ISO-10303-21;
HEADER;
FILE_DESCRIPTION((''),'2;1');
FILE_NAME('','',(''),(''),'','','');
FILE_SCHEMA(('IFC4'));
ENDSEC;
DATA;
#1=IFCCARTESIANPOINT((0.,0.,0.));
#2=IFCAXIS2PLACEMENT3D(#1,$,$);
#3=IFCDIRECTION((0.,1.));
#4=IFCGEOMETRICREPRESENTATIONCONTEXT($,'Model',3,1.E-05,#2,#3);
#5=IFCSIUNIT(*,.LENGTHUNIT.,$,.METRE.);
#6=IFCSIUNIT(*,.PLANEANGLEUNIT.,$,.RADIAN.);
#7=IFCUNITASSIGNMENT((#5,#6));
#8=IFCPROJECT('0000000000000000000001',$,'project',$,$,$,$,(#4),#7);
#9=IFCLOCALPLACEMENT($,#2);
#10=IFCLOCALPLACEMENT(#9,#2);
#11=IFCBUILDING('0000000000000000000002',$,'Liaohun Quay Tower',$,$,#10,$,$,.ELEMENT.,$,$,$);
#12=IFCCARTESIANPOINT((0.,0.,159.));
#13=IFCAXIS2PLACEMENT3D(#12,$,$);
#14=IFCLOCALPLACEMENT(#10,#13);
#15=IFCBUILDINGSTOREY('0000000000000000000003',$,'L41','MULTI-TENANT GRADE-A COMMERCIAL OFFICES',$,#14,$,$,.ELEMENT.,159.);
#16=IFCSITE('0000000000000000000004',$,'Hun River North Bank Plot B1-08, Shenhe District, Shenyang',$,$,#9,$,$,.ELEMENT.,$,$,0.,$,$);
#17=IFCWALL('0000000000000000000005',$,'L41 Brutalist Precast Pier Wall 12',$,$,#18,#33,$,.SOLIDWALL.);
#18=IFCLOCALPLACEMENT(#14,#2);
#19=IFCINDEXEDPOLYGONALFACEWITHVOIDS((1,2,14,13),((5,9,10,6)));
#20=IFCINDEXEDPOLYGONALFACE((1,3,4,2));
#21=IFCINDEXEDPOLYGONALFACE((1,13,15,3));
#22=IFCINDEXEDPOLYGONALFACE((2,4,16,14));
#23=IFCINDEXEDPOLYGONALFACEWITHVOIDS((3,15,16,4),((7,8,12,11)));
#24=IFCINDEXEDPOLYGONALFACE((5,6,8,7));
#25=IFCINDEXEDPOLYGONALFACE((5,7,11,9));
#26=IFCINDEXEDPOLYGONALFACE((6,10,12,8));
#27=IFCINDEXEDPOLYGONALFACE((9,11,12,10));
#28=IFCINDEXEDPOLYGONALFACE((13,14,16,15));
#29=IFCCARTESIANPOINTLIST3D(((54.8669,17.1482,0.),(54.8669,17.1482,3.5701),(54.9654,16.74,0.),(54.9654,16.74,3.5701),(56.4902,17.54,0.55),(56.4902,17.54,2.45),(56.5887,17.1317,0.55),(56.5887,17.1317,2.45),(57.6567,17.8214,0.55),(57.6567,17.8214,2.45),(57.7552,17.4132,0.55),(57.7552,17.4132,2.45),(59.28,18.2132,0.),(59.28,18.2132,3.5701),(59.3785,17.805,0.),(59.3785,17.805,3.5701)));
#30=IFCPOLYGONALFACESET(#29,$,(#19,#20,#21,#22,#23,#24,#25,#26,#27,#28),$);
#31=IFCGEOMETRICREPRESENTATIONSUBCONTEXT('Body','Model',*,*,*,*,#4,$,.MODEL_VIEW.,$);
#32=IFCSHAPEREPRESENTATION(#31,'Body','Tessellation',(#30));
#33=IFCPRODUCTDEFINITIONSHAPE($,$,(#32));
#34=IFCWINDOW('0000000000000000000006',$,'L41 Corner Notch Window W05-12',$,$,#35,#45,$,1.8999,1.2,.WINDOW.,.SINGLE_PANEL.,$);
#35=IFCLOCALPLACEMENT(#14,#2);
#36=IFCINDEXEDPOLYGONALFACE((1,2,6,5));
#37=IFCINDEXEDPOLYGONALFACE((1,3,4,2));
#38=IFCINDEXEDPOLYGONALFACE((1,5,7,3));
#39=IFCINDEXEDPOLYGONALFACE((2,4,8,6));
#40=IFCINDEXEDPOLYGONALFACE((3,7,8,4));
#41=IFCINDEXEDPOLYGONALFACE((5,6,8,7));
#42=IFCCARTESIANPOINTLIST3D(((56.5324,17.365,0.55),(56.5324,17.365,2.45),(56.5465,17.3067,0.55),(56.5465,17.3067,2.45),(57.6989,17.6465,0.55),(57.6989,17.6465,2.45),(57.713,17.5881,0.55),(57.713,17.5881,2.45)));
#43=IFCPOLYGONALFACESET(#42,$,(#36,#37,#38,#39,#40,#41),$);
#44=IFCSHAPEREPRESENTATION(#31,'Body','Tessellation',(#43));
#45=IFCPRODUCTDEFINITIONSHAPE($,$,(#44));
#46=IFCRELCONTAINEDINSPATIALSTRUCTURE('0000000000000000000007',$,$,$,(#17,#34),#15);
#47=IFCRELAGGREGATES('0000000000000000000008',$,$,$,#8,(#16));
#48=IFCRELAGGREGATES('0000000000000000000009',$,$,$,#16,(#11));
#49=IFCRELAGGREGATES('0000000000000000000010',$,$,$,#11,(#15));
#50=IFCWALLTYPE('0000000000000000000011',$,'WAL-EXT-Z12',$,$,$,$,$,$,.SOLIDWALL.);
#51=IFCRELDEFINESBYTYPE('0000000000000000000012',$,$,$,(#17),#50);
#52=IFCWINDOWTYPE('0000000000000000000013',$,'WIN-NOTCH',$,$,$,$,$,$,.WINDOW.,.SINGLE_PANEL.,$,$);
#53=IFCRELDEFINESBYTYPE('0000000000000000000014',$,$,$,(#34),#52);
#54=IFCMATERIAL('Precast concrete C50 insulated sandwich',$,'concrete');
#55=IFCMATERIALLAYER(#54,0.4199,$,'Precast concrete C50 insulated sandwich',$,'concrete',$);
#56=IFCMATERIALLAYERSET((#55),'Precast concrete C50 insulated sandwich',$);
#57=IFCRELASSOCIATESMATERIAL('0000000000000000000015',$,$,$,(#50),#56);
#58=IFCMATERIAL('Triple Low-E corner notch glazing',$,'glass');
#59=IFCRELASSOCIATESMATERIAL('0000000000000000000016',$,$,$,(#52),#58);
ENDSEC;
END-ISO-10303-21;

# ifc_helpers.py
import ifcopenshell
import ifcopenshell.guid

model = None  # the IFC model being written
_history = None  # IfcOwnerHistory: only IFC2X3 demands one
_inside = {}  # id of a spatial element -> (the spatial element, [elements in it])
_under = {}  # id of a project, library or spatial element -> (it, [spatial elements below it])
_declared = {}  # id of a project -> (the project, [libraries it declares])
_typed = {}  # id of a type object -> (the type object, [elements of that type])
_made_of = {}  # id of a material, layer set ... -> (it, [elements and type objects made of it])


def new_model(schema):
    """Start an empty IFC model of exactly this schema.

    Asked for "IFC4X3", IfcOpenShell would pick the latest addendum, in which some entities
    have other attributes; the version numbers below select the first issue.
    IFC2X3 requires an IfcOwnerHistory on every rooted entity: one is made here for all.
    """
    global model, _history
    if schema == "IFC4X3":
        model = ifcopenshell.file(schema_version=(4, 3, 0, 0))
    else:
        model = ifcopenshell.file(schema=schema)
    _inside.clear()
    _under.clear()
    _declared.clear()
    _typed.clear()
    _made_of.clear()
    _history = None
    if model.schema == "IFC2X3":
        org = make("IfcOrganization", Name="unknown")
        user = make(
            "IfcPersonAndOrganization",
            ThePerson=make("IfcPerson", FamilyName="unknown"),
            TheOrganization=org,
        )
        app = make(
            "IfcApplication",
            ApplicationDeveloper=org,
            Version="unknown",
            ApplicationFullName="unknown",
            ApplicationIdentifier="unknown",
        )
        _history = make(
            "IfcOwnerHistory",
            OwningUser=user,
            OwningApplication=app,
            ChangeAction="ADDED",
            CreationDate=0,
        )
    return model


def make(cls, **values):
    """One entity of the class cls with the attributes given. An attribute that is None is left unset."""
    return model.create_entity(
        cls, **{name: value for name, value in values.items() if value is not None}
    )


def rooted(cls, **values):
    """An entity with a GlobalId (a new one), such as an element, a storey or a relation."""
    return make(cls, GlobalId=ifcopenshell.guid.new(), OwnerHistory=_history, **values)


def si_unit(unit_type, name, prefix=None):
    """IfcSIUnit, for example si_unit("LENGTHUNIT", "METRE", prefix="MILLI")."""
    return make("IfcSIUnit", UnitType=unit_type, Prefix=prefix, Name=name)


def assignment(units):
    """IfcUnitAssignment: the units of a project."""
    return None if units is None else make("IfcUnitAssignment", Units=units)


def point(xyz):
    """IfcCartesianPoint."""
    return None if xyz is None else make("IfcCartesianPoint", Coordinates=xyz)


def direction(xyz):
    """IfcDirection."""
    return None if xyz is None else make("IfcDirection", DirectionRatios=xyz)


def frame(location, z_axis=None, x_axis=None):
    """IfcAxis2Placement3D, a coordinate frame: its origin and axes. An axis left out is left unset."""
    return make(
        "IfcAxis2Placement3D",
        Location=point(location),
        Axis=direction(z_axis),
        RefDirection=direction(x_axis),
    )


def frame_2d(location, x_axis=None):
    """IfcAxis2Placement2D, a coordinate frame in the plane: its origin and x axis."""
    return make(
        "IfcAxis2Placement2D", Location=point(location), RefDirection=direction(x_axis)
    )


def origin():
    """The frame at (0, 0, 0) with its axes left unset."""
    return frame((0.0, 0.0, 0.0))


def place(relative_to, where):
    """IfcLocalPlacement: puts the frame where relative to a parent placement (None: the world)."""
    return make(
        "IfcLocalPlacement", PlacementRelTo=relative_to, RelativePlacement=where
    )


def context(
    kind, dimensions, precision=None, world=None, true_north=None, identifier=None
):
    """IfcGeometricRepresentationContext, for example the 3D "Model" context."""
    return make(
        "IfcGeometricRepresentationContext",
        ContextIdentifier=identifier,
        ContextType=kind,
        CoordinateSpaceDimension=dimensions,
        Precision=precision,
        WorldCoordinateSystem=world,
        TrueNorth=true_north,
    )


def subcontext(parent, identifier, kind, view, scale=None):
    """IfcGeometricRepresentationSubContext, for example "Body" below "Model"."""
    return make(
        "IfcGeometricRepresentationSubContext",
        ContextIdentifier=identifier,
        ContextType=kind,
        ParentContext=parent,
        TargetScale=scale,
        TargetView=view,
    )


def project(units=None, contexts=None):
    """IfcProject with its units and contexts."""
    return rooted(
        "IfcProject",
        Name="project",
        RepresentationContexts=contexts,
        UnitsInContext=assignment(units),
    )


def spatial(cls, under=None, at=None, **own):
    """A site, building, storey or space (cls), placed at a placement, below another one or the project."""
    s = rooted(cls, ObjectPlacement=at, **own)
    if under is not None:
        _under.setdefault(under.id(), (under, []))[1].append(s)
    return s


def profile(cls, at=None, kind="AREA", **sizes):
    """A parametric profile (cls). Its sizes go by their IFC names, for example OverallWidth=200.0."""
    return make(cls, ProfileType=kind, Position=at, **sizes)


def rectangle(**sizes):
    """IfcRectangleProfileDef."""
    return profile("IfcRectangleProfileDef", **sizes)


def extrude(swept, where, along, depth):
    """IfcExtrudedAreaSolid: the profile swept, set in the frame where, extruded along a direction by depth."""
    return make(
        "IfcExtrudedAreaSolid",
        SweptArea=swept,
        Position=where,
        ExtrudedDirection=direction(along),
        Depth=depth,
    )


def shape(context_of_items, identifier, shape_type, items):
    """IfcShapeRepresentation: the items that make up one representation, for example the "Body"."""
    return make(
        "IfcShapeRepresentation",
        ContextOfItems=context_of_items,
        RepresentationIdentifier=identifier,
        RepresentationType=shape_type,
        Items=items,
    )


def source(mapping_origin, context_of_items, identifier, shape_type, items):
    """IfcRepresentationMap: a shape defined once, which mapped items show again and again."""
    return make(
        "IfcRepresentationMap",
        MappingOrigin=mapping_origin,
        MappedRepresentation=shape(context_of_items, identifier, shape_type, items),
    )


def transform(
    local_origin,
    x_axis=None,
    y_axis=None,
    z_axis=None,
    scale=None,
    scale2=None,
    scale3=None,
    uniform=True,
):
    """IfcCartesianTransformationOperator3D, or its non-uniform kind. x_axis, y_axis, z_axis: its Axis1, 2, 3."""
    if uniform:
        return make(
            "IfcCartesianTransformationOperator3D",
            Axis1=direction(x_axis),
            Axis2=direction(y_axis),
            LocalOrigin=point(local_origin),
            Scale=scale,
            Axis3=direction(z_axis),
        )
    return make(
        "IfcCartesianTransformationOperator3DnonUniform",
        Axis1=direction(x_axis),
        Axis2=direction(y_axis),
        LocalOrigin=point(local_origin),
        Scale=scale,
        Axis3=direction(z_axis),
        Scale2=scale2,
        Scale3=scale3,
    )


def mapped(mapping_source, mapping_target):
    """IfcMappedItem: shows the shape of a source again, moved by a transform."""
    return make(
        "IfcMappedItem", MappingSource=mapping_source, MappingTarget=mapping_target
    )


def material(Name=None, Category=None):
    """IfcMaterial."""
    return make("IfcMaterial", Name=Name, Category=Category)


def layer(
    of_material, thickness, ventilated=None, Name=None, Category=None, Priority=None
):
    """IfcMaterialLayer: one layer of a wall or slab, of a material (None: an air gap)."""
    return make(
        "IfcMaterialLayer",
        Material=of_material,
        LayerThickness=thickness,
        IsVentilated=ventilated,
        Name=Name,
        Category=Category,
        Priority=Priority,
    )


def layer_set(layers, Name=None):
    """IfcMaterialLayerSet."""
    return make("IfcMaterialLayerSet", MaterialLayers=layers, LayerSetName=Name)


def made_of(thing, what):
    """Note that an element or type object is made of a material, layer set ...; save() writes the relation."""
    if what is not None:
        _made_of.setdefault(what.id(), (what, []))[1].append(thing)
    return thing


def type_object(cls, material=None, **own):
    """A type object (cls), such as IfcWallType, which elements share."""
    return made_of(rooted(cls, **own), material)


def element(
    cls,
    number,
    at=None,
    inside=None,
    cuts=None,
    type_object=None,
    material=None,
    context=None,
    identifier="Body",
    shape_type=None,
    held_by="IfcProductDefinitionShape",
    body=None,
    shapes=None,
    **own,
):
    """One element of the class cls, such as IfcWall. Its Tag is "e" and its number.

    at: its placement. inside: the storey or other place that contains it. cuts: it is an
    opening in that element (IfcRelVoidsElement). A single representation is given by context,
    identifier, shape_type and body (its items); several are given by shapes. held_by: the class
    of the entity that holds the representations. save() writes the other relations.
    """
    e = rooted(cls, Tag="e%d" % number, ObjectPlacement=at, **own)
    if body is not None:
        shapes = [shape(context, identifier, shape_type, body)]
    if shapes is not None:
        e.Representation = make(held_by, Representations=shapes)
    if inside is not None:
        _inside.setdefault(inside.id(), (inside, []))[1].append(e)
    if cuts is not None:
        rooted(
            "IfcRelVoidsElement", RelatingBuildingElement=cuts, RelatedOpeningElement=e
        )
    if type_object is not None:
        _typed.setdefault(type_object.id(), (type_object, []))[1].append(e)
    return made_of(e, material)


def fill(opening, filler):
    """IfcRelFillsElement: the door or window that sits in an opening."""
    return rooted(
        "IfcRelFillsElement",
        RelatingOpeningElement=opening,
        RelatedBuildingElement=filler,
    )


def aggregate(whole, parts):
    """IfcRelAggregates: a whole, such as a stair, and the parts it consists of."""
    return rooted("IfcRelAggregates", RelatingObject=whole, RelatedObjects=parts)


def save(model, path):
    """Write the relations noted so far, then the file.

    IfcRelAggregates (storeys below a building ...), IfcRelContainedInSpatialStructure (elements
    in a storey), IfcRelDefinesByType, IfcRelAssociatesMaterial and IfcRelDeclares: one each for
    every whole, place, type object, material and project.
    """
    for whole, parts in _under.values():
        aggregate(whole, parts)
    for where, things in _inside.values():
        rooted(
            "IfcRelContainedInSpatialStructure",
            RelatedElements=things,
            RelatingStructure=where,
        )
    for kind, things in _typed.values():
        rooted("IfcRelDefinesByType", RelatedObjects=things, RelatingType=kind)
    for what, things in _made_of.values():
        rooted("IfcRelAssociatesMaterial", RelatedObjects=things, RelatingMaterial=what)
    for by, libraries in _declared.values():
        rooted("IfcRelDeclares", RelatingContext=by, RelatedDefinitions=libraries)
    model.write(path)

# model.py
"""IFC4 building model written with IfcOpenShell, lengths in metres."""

from ifc_helpers import new_model, si_unit, direction, frame, frame_2d, origin, place, context, subcontext, project, spatial, rectangle, extrude, source, transform, mapped, material, layer, layer_set, type_object, element, fill, save


model = new_model("IFC4")

# Units and contexts
model_context = context("Model", 3, precision=1e-05, world=origin(), true_north=direction((0.0, 1.0)))
body_context = subcontext(model_context, "Body", "Model", "MODEL_VIEW")
ifc_project = project(units=[si_unit("LENGTHUNIT", "METRE"), si_unit("PLANEANGLEUNIT", "RADIAN")], contexts=[model_context])

# Site, building, storey
site_placement = place(None, origin())
site = spatial("IfcSite", under=ifc_project, at=site_placement, Name="Hun River North Bank Plot B1-08, Shenhe District, Shenyang", CompositionType="ELEMENT", RefElevation=0.0)
building_placement = place(site_placement, origin())
building = spatial("IfcBuilding", under=site, at=building_placement, Name="Liaohun Quay Tower", CompositionType="ELEMENT")
storey_placement = place(building_placement, frame((0.0, 0.0, 159.0)))
storey = spatial("IfcBuildingStorey", under=building, at=storey_placement, Name="L41", Description="MULTI-TENANT GRADE-A COMMERCIAL OFFICES", CompositionType="ELEMENT", Elevation=159.0)

# Wall, opening, window
ifc_material_1 = material(Name="Precast concrete C50 insulated sandwich", Category="concrete")
ifc_layer_1 = layer(ifc_material_1, 0.4199, Name="Precast concrete C50 insulated sandwich", Category="concrete")
ifc_layer_set_1 = layer_set([ifc_layer_1], Name="Precast concrete C50 insulated sandwich")
wall_type_1 = type_object("IfcWallType", Name="WAL-EXT-Z12", PredefinedType="SOLIDWALL", material=ifc_layer_set_1)
wall_1_placement = place(storey_placement, frame((54.916, 16.9441, 0.0), z_axis=(0.0, 0.0, 1.0), x_axis=(0.972097, 0.234581, 0.0)))
wall_1 = element("IfcWall", 1, at=wall_1_placement, inside=storey, type_object=wall_type_1, Name="L41 Brutalist Precast Pier Wall 12", PredefinedType="SOLIDWALL", context=body_context, shape_type="SweptSolid", body=[
    extrude(rectangle(XDim=4.5398, YDim=0.4199, at=frame_2d((2.27, 0.0))), origin(), (0.0, 0.0, 1.0), 3.5701),
])
shared_shape_1 = source(origin(), body_context, "Body", "SweptSolid", [
    extrude(rectangle(XDim=1.2, YDim=1.8999, at=frame_2d((0.6001, 0.95))), frame((0.0, 0.22, 0.0), z_axis=(0.0, -1.0, 0.0), x_axis=(1.0, 0.0, 0.0)), (0.0, 0.0, 1.0), 0.4399),
])
opening_1_placement = place(wall_1_placement, frame((1.6699, 0.0, 0.55)))
opening_1 = element("IfcOpeningElement", 2, at=opening_1_placement, cuts=wall_1, PredefinedType="OPENING", context=body_context, shape_type="MappedRepresentation", body=[
    mapped(shared_shape_1, transform((0.0, 0.0, 0.0), x_axis=(1.0, 0.0, 0.0), y_axis=(0.0, 1.0, 0.0), z_axis=(0.0, 0.0, 1.0), scale=1.0)),
])
ifc_material_2 = material(Name="Triple Low-E corner notch glazing", Category="glass")
window_type_1 = type_object("IfcWindowType", Name="WIN-NOTCH", PartitioningType="SINGLE_PANEL", PredefinedType="WINDOW", material=ifc_material_2)
shared_shape_2 = source(origin(), body_context, "Body", "SweptSolid", [
    extrude(rectangle(XDim=1.2, YDim=1.8999, at=frame_2d((0.6001, 0.95))), frame((0.0, 0.03, 0.0), z_axis=(0.0, -1.0, 0.0), x_axis=(1.0, 0.0, 0.0)), (0.0, 0.0, 1.0), 0.0601),
])
window_1_placement = place(opening_1_placement, origin())
window_1 = element("IfcWindow", 3, at=window_1_placement, inside=storey, type_object=window_type_1, Name="L41 Corner Notch Window W05-12", OverallHeight=1.8999, OverallWidth=1.2, PartitioningType="SINGLE_PANEL", PredefinedType="WINDOW", context=body_context, shape_type="MappedRepresentation", body=[
    mapped(shared_shape_2, transform((0.0, 0.0, 0.0), x_axis=(1.0, 0.0, 0.0), y_axis=(0.0, 1.0, 0.0), z_axis=(0.0, 0.0, 1.0), scale=1.0)),
])
fill(opening_1, window_1)

save(model, "model.ifc")
